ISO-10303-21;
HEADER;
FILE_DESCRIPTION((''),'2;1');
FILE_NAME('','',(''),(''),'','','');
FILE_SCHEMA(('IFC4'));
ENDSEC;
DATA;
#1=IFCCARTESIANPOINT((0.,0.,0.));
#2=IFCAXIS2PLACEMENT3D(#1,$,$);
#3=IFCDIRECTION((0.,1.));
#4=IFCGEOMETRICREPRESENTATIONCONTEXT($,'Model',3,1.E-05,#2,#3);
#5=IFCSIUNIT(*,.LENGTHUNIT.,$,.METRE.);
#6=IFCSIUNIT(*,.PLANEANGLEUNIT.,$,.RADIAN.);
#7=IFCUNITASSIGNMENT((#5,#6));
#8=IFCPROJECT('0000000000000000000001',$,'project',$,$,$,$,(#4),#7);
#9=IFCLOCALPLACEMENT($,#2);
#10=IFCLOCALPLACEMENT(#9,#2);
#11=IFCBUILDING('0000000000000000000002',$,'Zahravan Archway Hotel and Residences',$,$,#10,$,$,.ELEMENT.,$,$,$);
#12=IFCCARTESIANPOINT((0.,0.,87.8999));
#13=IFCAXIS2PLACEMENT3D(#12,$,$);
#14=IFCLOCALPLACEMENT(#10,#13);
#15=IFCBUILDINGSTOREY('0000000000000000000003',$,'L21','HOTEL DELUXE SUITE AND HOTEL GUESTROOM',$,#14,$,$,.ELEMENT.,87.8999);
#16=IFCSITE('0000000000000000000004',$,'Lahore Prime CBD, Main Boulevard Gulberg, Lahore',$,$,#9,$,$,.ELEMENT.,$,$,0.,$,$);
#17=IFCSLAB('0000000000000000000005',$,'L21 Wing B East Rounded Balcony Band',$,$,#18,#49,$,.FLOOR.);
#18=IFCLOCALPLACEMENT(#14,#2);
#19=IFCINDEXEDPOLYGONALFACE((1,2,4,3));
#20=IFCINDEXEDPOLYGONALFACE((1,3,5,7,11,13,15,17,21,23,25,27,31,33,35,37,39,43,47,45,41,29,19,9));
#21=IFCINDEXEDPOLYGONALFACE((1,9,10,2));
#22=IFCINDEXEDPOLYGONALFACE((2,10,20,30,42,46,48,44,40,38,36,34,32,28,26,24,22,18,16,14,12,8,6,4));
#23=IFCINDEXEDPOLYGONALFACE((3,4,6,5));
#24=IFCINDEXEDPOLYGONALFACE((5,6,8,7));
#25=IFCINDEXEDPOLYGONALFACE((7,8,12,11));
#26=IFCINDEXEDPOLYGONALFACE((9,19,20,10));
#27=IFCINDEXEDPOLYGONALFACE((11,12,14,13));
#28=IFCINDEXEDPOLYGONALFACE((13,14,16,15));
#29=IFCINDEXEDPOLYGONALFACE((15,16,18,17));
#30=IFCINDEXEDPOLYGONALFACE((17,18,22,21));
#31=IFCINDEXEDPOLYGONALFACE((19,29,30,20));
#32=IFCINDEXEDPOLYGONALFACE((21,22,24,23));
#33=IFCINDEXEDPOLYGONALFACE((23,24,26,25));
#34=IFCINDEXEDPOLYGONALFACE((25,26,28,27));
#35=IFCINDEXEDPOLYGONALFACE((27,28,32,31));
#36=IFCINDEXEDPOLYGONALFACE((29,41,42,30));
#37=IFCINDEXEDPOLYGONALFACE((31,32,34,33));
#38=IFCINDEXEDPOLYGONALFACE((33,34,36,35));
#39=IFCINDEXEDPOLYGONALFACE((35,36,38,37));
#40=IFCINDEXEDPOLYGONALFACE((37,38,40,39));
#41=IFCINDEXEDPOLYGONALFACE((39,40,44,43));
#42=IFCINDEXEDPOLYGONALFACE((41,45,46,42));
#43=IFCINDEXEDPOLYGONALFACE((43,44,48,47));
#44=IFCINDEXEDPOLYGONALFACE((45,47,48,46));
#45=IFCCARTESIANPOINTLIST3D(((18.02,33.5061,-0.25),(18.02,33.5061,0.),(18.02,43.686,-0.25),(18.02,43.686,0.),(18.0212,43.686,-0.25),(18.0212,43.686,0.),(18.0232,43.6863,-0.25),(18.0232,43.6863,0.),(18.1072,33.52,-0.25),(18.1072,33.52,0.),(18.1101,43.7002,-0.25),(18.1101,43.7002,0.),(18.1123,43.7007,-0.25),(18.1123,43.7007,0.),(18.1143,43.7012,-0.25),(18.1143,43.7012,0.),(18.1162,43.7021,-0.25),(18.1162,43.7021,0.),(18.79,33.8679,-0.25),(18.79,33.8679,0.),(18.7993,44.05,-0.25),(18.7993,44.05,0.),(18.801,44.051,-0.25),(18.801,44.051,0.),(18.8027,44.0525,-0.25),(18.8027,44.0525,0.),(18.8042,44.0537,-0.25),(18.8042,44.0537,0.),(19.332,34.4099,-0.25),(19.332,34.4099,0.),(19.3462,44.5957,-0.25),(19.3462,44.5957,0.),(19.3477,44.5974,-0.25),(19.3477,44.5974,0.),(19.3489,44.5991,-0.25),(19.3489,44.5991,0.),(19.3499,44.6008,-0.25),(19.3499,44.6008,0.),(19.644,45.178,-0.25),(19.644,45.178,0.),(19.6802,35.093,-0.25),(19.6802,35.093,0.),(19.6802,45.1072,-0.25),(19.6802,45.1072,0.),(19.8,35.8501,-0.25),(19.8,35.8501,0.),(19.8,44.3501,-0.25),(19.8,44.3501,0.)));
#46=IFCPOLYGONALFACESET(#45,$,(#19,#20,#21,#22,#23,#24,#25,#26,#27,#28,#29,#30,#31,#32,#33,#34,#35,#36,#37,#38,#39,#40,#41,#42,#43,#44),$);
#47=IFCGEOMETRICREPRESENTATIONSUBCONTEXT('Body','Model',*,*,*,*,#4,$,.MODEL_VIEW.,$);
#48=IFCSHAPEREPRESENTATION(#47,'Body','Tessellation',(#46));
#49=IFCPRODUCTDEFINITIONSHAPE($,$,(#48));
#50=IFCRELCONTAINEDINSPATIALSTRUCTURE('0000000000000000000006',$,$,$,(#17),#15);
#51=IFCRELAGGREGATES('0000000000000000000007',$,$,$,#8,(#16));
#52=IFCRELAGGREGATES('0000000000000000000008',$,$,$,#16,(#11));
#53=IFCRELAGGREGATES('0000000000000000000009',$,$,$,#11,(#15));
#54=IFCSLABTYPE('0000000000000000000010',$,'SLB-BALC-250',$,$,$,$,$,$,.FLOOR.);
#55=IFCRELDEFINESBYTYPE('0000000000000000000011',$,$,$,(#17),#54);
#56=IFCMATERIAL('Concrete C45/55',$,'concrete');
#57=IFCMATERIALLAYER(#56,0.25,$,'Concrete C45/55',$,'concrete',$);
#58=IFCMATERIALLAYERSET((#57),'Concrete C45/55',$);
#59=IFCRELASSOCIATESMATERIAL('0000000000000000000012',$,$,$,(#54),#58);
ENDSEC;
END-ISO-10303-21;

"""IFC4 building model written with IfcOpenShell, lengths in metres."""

from ifc_helpers import new_model, si_unit, direction, frame, origin, place, context, subcontext, project, spatial, polyline, outline, extrude, material, layer, layer_set, type_object, element, save


model = new_model("IFC4")

# Units and contexts
model_context = context("Model", 3, precision=1e-05, world=origin(), true_north=direction((0.0, 1.0)))
body_context = subcontext(model_context, "Body", "Model", "MODEL_VIEW")
ifc_project = project(units=[si_unit("LENGTHUNIT", "METRE"), si_unit("PLANEANGLEUNIT", "RADIAN")], contexts=[model_context])

# Site, building, storey
site_placement = place(None, origin())
site = spatial("IfcSite", under=ifc_project, at=site_placement, Name="Lahore Prime CBD, Main Boulevard Gulberg, Lahore", CompositionType="ELEMENT", RefElevation=0.0)
building_placement = place(site_placement, origin())
building = spatial("IfcBuilding", under=site, at=building_placement, Name="Zahravan Archway Hotel and Residences", CompositionType="ELEMENT")
storey_placement = place(building_placement, frame((0.0, 0.0, 87.8999)))
storey = spatial("IfcBuildingStorey", under=building, at=storey_placement, Name="L21", Description="HOTEL DELUXE SUITE AND HOTEL GUESTROOM", CompositionType="ELEMENT", Elevation=87.8999)

# Slab
ifc_material_1 = material(Name="Concrete C45/55", Category="concrete")
ifc_layer_1 = layer(ifc_material_1, 0.25, Name="Concrete C45/55", Category="concrete")
ifc_layer_set_1 = layer_set([ifc_layer_1], Name="Concrete C45/55")
slab_type_1 = type_object("IfcSlabType", Name="SLB-BALC-250", PredefinedType="FLOOR", material=ifc_layer_set_1)
slab_1_placement = place(storey_placement, frame((0.0, 0.0, -0.25)))
element("IfcSlab", 1, at=slab_1_placement, inside=storey, type_object=slab_type_1, Name="L21 Wing B East Rounded Balcony Band", PredefinedType="FLOOR", context=body_context, shape_type="SweptSolid", body=[
    extrude(outline(polyline([(19.6802, 45.1072), (19.8, 44.3501), (19.8, 35.8501), (19.6802, 35.093), (19.332, 34.4099), (18.79, 33.8679), (18.1072, 33.52), (18.02, 33.5061), (18.02, 43.686), (18.0212, 43.686), (18.0232, 43.6863), (18.1101, 43.7002), (18.1123, 43.7007), (18.1143, 43.7012), (18.1162, 43.7021), (18.7993, 44.05), (18.801, 44.051), (18.8027, 44.0525), (18.8042, 44.0537), (19.3462, 44.5957), (19.3477, 44.5974), (19.3489, 44.5991), (19.3499, 44.6008), (19.644, 45.178), (19.6802, 45.1072)])), origin(), (0.0, 0.0, 1.0), 0.25),
])

save(model, "model.ifc")
